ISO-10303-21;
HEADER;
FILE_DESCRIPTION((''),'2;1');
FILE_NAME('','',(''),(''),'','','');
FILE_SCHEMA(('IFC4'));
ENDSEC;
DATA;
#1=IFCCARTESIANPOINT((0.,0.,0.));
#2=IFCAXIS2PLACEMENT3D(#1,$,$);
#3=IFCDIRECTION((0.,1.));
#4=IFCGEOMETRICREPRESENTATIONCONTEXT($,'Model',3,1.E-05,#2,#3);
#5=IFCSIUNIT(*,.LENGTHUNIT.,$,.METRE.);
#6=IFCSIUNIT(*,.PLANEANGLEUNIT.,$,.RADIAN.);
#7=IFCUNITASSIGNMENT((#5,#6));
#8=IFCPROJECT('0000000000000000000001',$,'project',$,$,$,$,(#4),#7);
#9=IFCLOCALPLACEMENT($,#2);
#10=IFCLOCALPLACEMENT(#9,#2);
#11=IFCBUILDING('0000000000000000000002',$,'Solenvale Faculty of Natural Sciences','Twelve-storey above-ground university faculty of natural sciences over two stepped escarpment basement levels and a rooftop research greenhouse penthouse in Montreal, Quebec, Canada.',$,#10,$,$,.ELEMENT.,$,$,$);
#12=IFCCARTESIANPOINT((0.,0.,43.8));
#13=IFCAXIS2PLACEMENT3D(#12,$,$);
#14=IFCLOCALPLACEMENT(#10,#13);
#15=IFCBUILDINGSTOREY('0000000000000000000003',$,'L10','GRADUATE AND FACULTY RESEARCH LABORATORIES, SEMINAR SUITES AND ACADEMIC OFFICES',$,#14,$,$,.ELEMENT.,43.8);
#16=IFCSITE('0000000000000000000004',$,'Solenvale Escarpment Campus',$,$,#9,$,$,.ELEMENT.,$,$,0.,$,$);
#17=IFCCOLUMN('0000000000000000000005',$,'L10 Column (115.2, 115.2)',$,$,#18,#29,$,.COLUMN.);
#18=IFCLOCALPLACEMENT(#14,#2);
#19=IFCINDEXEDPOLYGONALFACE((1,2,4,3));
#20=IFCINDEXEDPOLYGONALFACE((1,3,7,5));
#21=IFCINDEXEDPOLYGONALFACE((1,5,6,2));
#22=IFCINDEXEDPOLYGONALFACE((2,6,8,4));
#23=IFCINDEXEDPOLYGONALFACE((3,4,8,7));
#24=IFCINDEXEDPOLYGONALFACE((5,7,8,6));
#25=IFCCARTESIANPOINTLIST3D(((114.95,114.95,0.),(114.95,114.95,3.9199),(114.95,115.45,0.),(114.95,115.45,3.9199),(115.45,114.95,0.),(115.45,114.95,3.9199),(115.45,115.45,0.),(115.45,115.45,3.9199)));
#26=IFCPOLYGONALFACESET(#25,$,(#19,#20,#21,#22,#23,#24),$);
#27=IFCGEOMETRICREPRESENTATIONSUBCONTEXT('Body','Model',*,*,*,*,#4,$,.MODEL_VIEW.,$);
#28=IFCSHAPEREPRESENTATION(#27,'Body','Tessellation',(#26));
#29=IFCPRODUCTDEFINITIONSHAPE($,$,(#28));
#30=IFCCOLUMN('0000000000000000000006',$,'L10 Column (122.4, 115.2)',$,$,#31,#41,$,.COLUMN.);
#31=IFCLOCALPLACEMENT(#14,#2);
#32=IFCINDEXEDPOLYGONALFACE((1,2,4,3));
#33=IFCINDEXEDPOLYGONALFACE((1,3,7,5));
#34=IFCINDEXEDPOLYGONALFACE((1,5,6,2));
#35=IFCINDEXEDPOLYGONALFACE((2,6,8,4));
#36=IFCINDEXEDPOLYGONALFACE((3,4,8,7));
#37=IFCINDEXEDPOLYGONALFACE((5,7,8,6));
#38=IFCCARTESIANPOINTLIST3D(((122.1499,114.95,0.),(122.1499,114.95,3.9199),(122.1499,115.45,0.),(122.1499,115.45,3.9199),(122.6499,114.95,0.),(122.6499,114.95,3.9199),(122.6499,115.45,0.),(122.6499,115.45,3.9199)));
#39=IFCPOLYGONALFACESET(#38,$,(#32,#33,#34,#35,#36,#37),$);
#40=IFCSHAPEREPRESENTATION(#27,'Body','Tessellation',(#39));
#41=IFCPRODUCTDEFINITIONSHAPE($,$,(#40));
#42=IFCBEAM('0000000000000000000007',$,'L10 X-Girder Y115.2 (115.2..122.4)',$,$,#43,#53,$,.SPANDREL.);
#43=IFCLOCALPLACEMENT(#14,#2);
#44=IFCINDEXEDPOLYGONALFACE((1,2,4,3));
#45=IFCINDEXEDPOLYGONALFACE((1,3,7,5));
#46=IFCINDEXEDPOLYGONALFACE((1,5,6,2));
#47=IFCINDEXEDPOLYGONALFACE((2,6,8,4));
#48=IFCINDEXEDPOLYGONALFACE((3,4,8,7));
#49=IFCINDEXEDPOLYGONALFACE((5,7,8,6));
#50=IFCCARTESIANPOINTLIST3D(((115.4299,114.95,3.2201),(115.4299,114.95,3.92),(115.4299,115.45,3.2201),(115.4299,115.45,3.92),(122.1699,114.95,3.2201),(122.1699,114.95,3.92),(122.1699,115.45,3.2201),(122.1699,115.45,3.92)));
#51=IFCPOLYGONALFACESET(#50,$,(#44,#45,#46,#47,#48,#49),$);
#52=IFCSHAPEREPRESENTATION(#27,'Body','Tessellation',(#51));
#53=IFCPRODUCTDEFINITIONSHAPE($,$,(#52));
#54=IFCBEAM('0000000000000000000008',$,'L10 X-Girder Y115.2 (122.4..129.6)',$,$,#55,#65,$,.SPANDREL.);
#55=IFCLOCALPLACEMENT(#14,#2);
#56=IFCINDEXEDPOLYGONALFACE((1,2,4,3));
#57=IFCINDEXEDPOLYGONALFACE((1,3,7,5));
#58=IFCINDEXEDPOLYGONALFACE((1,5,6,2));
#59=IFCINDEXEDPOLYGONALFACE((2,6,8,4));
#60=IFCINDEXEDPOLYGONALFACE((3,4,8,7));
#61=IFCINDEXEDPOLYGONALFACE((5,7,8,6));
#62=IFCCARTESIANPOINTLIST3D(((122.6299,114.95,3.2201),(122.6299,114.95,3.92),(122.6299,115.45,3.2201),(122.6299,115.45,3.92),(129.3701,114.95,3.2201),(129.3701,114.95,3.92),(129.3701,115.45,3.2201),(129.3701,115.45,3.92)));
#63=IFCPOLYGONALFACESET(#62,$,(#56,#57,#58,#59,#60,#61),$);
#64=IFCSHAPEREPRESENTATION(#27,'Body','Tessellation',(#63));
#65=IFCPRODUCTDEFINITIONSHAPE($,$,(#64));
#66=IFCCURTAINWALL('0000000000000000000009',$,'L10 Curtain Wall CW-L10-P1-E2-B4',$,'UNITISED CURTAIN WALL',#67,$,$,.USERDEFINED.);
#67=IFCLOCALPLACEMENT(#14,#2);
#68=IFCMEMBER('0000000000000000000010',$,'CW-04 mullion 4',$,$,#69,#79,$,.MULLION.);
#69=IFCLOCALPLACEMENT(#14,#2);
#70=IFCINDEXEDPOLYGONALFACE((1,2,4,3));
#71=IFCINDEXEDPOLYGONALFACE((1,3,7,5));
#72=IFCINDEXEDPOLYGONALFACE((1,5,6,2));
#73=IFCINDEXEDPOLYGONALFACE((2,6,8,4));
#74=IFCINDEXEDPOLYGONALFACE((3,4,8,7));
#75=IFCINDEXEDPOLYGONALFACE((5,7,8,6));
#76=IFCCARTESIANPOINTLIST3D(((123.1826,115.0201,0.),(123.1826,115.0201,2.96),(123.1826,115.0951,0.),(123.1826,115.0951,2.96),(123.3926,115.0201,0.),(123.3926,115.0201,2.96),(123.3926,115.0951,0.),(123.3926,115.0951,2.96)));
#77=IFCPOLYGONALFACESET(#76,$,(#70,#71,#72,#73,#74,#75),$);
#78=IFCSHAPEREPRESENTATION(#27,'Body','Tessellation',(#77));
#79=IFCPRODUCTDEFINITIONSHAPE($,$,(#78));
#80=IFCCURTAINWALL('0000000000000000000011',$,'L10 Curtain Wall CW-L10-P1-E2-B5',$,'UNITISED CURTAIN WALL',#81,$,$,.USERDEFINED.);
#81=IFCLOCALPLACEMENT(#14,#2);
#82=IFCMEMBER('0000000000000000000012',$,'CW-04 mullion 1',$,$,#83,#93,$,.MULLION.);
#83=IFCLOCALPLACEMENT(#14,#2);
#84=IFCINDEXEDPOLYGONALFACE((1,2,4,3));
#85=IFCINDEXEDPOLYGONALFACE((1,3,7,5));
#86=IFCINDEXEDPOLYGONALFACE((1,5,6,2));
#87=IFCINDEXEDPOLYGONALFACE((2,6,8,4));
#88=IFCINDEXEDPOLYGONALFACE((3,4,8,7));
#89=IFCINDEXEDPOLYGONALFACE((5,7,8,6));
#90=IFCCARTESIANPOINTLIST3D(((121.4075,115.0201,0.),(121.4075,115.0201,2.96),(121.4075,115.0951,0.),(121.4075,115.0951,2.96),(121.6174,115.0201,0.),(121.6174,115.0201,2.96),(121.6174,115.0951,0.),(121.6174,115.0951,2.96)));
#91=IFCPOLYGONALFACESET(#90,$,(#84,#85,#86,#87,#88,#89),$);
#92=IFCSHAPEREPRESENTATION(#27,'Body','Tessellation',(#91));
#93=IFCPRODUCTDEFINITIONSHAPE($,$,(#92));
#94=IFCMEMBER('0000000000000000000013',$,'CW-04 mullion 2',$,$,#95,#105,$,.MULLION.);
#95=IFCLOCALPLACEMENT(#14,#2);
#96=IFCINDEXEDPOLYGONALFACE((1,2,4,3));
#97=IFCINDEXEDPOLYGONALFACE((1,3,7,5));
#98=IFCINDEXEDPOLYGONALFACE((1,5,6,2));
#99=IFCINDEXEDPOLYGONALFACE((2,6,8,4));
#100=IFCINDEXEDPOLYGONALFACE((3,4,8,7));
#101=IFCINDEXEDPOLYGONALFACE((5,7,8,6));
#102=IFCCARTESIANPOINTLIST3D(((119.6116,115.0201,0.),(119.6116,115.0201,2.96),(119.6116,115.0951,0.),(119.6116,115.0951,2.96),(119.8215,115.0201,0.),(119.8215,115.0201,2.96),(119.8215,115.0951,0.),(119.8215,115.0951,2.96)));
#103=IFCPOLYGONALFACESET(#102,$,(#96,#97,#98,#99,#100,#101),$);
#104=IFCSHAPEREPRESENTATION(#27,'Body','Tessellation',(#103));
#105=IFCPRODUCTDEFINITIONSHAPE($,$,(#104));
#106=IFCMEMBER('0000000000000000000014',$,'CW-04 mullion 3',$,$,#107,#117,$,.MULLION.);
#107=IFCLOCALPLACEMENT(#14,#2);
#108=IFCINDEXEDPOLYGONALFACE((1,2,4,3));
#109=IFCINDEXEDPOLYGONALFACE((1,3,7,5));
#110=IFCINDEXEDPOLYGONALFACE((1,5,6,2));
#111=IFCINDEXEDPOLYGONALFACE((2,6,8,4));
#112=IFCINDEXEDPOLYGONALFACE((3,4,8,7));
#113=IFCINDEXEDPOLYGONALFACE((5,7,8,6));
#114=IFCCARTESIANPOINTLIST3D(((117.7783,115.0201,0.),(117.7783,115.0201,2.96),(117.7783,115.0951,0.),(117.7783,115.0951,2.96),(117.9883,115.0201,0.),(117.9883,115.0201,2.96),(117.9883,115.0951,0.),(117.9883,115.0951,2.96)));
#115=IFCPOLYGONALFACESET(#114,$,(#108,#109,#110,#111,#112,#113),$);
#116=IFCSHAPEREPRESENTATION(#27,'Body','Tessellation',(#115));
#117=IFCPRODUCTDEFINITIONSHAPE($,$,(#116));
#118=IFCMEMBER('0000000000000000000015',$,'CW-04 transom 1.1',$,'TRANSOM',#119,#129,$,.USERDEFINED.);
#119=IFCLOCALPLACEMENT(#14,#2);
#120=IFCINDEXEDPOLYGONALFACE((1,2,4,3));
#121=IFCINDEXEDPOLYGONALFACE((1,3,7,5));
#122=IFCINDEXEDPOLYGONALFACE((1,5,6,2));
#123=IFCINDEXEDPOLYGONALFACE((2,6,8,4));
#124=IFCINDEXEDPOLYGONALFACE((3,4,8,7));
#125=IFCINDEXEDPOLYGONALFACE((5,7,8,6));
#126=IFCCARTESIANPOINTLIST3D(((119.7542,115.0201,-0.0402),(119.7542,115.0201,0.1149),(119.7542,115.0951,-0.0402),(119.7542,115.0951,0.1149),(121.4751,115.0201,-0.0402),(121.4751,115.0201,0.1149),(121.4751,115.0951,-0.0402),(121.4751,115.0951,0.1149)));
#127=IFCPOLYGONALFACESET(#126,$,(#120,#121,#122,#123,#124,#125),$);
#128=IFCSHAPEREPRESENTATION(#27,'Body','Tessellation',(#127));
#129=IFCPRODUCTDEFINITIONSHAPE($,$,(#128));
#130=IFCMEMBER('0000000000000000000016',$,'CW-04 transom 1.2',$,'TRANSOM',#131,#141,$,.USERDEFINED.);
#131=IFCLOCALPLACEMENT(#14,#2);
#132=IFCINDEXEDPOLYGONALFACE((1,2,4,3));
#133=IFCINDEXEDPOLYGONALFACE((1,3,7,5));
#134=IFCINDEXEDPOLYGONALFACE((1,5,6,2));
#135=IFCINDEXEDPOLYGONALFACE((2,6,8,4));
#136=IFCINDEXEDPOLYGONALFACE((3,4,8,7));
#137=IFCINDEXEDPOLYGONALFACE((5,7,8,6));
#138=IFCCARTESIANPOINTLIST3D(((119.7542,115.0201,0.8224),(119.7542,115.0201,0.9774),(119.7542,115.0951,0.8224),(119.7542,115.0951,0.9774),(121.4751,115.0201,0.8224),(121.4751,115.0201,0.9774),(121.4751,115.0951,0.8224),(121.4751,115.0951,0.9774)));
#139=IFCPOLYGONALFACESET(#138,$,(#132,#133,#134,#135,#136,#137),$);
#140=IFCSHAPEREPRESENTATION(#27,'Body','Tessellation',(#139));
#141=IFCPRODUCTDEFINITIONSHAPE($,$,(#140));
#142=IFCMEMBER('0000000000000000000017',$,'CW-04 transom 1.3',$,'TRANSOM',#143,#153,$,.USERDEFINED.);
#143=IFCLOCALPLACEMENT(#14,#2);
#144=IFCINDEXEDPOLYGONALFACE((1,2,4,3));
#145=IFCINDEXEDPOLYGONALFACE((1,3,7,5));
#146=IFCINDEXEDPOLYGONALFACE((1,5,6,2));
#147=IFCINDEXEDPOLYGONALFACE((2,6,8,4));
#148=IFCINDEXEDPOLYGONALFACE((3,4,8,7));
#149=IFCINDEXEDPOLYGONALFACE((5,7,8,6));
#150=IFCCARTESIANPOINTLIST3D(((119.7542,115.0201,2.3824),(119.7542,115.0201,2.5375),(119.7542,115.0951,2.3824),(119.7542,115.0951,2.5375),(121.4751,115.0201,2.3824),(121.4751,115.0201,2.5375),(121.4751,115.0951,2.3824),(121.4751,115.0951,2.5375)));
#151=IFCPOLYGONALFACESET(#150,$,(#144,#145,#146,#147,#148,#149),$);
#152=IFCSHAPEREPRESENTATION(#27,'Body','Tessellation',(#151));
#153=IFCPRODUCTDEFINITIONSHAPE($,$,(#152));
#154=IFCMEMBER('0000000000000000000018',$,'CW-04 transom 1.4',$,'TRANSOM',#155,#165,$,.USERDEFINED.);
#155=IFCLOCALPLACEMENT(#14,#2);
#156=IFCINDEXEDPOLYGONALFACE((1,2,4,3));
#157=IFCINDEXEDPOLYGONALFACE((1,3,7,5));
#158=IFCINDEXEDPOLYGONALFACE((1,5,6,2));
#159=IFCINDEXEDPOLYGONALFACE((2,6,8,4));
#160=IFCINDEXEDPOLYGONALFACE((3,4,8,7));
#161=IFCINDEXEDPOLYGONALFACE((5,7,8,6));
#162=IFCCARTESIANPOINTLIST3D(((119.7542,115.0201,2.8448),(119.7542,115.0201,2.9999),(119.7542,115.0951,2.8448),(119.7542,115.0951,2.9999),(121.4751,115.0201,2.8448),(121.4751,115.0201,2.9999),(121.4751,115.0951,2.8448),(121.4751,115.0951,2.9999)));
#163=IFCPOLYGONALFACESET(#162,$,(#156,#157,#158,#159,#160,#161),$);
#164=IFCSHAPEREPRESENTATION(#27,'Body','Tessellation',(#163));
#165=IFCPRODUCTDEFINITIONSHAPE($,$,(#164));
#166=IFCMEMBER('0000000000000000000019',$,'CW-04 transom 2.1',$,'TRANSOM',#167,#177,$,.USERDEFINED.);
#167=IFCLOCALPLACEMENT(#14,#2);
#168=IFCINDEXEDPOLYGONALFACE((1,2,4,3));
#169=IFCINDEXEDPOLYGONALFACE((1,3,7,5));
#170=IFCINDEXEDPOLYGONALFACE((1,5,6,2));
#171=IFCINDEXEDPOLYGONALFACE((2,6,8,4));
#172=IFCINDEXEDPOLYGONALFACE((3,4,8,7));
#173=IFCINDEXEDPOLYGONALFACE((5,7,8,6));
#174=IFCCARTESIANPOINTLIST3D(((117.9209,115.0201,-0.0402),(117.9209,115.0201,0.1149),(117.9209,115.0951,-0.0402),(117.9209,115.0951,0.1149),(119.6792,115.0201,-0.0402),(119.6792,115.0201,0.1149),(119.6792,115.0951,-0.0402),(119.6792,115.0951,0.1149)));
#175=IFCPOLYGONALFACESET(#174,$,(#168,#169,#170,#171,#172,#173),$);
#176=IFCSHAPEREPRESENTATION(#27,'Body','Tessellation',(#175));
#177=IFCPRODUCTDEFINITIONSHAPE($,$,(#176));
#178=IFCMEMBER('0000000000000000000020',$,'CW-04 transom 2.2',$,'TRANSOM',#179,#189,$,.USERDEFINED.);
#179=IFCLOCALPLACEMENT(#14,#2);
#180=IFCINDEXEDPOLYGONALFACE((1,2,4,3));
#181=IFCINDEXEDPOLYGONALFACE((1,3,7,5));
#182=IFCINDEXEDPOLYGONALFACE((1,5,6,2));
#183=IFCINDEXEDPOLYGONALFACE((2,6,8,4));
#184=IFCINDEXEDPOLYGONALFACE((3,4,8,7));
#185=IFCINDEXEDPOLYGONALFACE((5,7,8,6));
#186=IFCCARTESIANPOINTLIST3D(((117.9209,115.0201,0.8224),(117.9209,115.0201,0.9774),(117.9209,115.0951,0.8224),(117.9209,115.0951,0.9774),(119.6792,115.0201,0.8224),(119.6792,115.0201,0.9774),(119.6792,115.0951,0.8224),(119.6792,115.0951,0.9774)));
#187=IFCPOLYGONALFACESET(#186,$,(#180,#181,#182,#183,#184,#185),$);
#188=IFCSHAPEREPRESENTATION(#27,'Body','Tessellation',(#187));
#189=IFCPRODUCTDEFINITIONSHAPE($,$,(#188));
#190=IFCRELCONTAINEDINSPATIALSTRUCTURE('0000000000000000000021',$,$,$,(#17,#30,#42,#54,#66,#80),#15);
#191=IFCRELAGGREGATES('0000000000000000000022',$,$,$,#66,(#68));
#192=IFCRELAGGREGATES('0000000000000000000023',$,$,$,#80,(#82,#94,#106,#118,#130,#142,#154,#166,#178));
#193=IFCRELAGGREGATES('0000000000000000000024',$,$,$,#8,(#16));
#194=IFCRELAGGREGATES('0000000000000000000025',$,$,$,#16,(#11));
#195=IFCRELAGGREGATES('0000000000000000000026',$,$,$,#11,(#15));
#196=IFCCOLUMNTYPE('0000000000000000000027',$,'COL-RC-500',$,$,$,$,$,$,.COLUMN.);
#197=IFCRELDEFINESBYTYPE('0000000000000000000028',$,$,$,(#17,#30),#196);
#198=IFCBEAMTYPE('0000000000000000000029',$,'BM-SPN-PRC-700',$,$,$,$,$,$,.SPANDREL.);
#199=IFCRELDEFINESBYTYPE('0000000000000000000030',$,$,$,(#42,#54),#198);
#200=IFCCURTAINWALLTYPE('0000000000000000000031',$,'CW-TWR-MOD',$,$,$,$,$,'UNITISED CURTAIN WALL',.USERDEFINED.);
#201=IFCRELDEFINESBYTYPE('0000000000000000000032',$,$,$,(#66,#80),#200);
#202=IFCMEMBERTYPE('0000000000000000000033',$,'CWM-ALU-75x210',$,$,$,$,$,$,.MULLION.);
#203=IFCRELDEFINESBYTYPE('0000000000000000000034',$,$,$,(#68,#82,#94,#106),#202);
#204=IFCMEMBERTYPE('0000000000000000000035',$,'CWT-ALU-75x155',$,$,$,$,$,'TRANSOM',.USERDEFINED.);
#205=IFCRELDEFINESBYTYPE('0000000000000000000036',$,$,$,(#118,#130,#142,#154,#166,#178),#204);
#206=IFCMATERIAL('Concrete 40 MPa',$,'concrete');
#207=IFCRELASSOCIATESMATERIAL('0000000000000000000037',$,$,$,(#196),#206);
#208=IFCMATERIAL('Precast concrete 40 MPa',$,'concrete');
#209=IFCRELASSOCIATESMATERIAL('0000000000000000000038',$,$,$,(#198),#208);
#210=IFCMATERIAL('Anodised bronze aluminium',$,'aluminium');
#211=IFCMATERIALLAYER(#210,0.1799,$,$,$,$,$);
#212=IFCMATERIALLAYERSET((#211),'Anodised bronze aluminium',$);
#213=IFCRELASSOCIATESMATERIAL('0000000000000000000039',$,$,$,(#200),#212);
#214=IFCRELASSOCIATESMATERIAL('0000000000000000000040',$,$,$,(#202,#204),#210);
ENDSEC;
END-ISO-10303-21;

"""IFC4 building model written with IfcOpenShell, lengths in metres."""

from ifc_helpers import new_model, si_unit, direction, frame, origin, origin_2d, place, context, subcontext, project, spatial, rectangle, extrude, material, layer, layer_set, material_profile, profile_set, type_object, element, aggregate, save


model = new_model("IFC4")

# Units and contexts
model_context = context("Model", 3, precision=1e-05, world=origin(), true_north=direction((0.0, 1.0)))
body_context = subcontext(model_context, "Body", "Model", "MODEL_VIEW")
ifc_project = project(units=[si_unit("LENGTHUNIT", "METRE"), si_unit("PLANEANGLEUNIT", "RADIAN")], contexts=[model_context])

# Site, building, storey
site_placement = place(None, origin())
site = spatial("IfcSite", under=ifc_project, at=site_placement, Name="Solenvale Escarpment Campus", CompositionType="ELEMENT", RefElevation=0.0)
building_placement = place(site_placement, origin())
building = spatial("IfcBuilding", under=site, at=building_placement, Name="Solenvale Faculty of Natural Sciences", Description="Twelve-storey above-ground university faculty of natural sciences over two stepped escarpment basement levels and a rooftop research greenhouse penthouse in Montreal, Quebec, Canada.", CompositionType="ELEMENT")
storey_placement = place(building_placement, frame((0.0, 0.0, 43.8)))
storey = spatial("IfcBuildingStorey", under=building, at=storey_placement, Name="L10", Description="GRADUATE AND FACULTY RESEARCH LABORATORIES, SEMINAR SUITES AND ACADEMIC OFFICES", CompositionType="ELEMENT", Elevation=43.8)

# Columns
ifc_material_1 = material(Name="Concrete 40 MPa", Category="concrete")
ifc_material_profile_1 = material_profile(ifc_material_1, rectangle(XDim=0.5, YDim=0.5, at=origin_2d()), Name="RC-COL-500x500")
ifc_profile_set_1 = profile_set([ifc_material_profile_1], Name="Concrete 40 MPa")
column_type = type_object("IfcColumnType", Name="COL-RC-500", PredefinedType="COLUMN", material=ifc_profile_set_1)
for number, where, z_axis, x_axis, name in (
    (1, (115.2, 115.2, 0.0), (0.0, 0.0, 1.0), (1.0, 0.0, 0.0), "L10 Column (115.2, 115.2)"),
    (2, (122.3999, 115.2, 0.0), (0.0, 0.0, 1.0), (1.0, 0.0, 0.0), "L10 Column (122.4, 115.2)"),
):
    element("IfcColumn", number, at=place(storey_placement, frame(where, z_axis=z_axis, x_axis=x_axis)), inside=storey, type_object=column_type, Name=name, PredefinedType="COLUMN", context=body_context, shape_type="SweptSolid", body=[
        extrude(rectangle(XDim=0.5, YDim=0.5, at=origin_2d()), origin(), (0.0, 0.0, 1.0), 3.9199),
    ])

# Beams
ifc_material_2 = material(Name="Precast concrete 40 MPa", Category="concrete")
ifc_material_profile_2 = material_profile(ifc_material_2, rectangle(XDim=0.5, YDim=0.7, at=origin_2d()), Name="RC-BM-500x700")
ifc_profile_set_2 = profile_set([ifc_material_profile_2], Name="Precast concrete 40 MPa")
beam_type = type_object("IfcBeamType", Name="BM-SPN-PRC-700", PredefinedType="SPANDREL", material=ifc_profile_set_2)
beam_1_placement = place(storey_placement, frame((115.4299, 115.2, 3.5701), z_axis=(1.0, 0.0, 0.0), x_axis=(0.0, 1.0, 0.0)))
element("IfcBeam", 3, at=beam_1_placement, inside=storey, type_object=beam_type, Name="L10 X-Girder Y115.2 (115.2..122.4)", PredefinedType="SPANDREL", context=body_context, shape_type="SweptSolid", body=[
    extrude(rectangle(XDim=0.5, YDim=0.7, at=origin_2d()), origin(), (0.0, 0.0, 1.0), 6.74),
])
beam_2_placement = place(storey_placement, frame((122.6299, 115.2, 3.5701), z_axis=(1.0, 0.0, 0.0), x_axis=(0.0, 1.0, 0.0)))
element("IfcBeam", 4, at=beam_2_placement, inside=storey, type_object=beam_type, Name="L10 X-Girder Y115.2 (122.4..129.6)", PredefinedType="SPANDREL", context=body_context, shape_type="SweptSolid", body=[
    extrude(rectangle(XDim=0.5, YDim=0.7, at=origin_2d()), origin(), (0.0, 0.0, 1.0), 6.7402),
])

# Curtain wall, member
ifc_material_3 = material(Name="Anodised bronze aluminium", Category="aluminium")
ifc_layer_1 = layer(ifc_material_3, 0.1799)
ifc_layer_set_1 = layer_set([ifc_layer_1], Name="Anodised bronze aluminium")
curtain_wall_type = type_object("IfcCurtainWallType", Name="CW-TWR-MOD", ElementType="UNITISED CURTAIN WALL", PredefinedType="USERDEFINED", material=ifc_layer_set_1)
curtain_wall_1_placement = place(storey_placement, origin())
curtain_wall_1 = element("IfcCurtainWall", 5, at=curtain_wall_1_placement, inside=storey, type_object=curtain_wall_type, Name="L10 Curtain Wall CW-L10-P1-E2-B4", ObjectType="UNITISED CURTAIN WALL", PredefinedType="USERDEFINED")
ifc_material_profile_3 = material_profile(ifc_material_3, rectangle(XDim=0.075, YDim=0.21, at=origin_2d()), Name="ALU-MUL-75x210")
ifc_profile_set_3 = profile_set([ifc_material_profile_3], Name="Anodised bronze aluminium")
member_type_1 = type_object("IfcMemberType", Name="CWM-ALU-75x210", PredefinedType="MULLION", material=ifc_profile_set_3)
member_1_placement = place(storey_placement, frame((123.2876, 115.0576, 0.0), z_axis=(0.0, 0.0, 1.0), x_axis=(0.0, -1.0, 0.0)))
member_1 = element("IfcMember", 6, at=member_1_placement, type_object=member_type_1, Name="CW-04 mullion 4", PredefinedType="MULLION", context=body_context, shape_type="SweptSolid", body=[
    extrude(rectangle(XDim=0.075, YDim=0.21, at=origin_2d()), origin(), (0.0, 0.0, 1.0), 2.96),
])

# Curtain wall, members
curtain_wall_2_placement = place(storey_placement, origin())
curtain_wall_2 = element("IfcCurtainWall", 7, at=curtain_wall_2_placement, inside=storey, type_object=curtain_wall_type, Name="L10 Curtain Wall CW-L10-P1-E2-B5", ObjectType="UNITISED CURTAIN WALL", PredefinedType="USERDEFINED")
member_2_placement = place(storey_placement, frame((121.5125, 115.0576, 0.0), z_axis=(0.0, 0.0, 1.0), x_axis=(0.0, -1.0, 0.0)))
member_2 = element("IfcMember", 8, at=member_2_placement, type_object=member_type_1, Name="CW-04 mullion 1", PredefinedType="MULLION", context=body_context, shape_type="SweptSolid", body=[
    extrude(rectangle(XDim=0.075, YDim=0.21, at=origin_2d()), origin(), (0.0, 0.0, 1.0), 2.96),
])
member_3_placement = place(storey_placement, frame((119.7166, 115.0576, 0.0), z_axis=(0.0, 0.0, 1.0), x_axis=(0.0, -1.0, 0.0)))
member_3 = element("IfcMember", 9, at=member_3_placement, type_object=member_type_1, Name="CW-04 mullion 2", PredefinedType="MULLION", context=body_context, shape_type="SweptSolid", body=[
    extrude(rectangle(XDim=0.075, YDim=0.21, at=origin_2d()), origin(), (0.0, 0.0, 1.0), 2.96),
])
member_4_placement = place(storey_placement, frame((117.8833, 115.0576, 0.0), z_axis=(0.0, 0.0, 1.0), x_axis=(0.0, -1.0, 0.0)))
member_4 = element("IfcMember", 10, at=member_4_placement, type_object=member_type_1, Name="CW-04 mullion 3", PredefinedType="MULLION", context=body_context, shape_type="SweptSolid", body=[
    extrude(rectangle(XDim=0.075, YDim=0.21, at=origin_2d()), origin(), (0.0, 0.0, 1.0), 2.96),
])
ifc_material_profile_4 = material_profile(ifc_material_3, rectangle(XDim=0.075, YDim=0.155, at=origin_2d()), Name="ALU-TRN-75x155")
ifc_profile_set_4 = profile_set([ifc_material_profile_4], Name="Anodised bronze aluminium")
member_type_2 = type_object("IfcMemberType", Name="CWT-ALU-75x155", ElementType="TRANSOM", PredefinedType="USERDEFINED", material=ifc_profile_set_4)
member_5_placement = place(storey_placement, frame((121.4751, 115.0576, 0.0374), z_axis=(-1.0, 0.0, 0.0), x_axis=(0.0, -1.0, 0.0)))
member_5 = element("IfcMember", 11, at=member_5_placement, type_object=member_type_2, Name="CW-04 transom 1.1", ObjectType="TRANSOM", PredefinedType="USERDEFINED", context=body_context, shape_type="SweptSolid", body=[
    extrude(rectangle(XDim=0.075, YDim=0.155, at=origin_2d()), origin(), (0.0, 0.0, 1.0), 1.7209),
])
member_6_placement = place(storey_placement, frame((121.4751, 115.0576, 0.8999), z_axis=(-1.0, 0.0, 0.0), x_axis=(0.0, -1.0, 0.0)))
member_6 = element("IfcMember", 12, at=member_6_placement, type_object=member_type_2, Name="CW-04 transom 1.2", ObjectType="TRANSOM", PredefinedType="USERDEFINED", context=body_context, shape_type="SweptSolid", body=[
    extrude(rectangle(XDim=0.075, YDim=0.155, at=origin_2d()), origin(), (0.0, 0.0, 1.0), 1.7209),
])
member_7_placement = place(storey_placement, frame((121.4751, 115.0576, 2.46), z_axis=(-1.0, 0.0, 0.0), x_axis=(0.0, -1.0, 0.0)))
member_7 = element("IfcMember", 13, at=member_7_placement, type_object=member_type_2, Name="CW-04 transom 1.3", ObjectType="TRANSOM", PredefinedType="USERDEFINED", context=body_context, shape_type="SweptSolid", body=[
    extrude(rectangle(XDim=0.075, YDim=0.155, at=origin_2d()), origin(), (0.0, 0.0, 1.0), 1.7209),
])
member_8_placement = place(storey_placement, frame((121.4751, 115.0576, 2.9224), z_axis=(-1.0, 0.0, 0.0), x_axis=(0.0, -1.0, 0.0)))
member_8 = element("IfcMember", 14, at=member_8_placement, type_object=member_type_2, Name="CW-04 transom 1.4", ObjectType="TRANSOM", PredefinedType="USERDEFINED", context=body_context, shape_type="SweptSolid", body=[
    extrude(rectangle(XDim=0.075, YDim=0.155, at=origin_2d()), origin(), (0.0, 0.0, 1.0), 1.7209),
])
member_9_placement = place(storey_placement, frame((119.6792, 115.0576, 0.0374), z_axis=(-1.0, 0.0, 0.0), x_axis=(0.0, -1.0, 0.0)))
member_9 = element("IfcMember", 15, at=member_9_placement, type_object=member_type_2, Name="CW-04 transom 2.1", ObjectType="TRANSOM", PredefinedType="USERDEFINED", context=body_context, shape_type="SweptSolid", body=[
    extrude(rectangle(XDim=0.075, YDim=0.155, at=origin_2d()), origin(), (0.0, 0.0, 1.0), 1.7583),
])
member_10_placement = place(storey_placement, frame((119.6792, 115.0576, 0.8999), z_axis=(-1.0, 0.0, 0.0), x_axis=(0.0, -1.0, 0.0)))
member_10 = element("IfcMember", 16, at=member_10_placement, type_object=member_type_2, Name="CW-04 transom 2.2", ObjectType="TRANSOM", PredefinedType="USERDEFINED", context=body_context, shape_type="SweptSolid", body=[
    extrude(rectangle(XDim=0.075, YDim=0.155, at=origin_2d()), origin(), (0.0, 0.0, 1.0), 1.7583),
])

aggregate(curtain_wall_1, [member_1])
aggregate(curtain_wall_2, [member_2, member_3, member_4, member_5, member_6, member_7, member_8, member_9, member_10])

save(model, "model.ifc")
